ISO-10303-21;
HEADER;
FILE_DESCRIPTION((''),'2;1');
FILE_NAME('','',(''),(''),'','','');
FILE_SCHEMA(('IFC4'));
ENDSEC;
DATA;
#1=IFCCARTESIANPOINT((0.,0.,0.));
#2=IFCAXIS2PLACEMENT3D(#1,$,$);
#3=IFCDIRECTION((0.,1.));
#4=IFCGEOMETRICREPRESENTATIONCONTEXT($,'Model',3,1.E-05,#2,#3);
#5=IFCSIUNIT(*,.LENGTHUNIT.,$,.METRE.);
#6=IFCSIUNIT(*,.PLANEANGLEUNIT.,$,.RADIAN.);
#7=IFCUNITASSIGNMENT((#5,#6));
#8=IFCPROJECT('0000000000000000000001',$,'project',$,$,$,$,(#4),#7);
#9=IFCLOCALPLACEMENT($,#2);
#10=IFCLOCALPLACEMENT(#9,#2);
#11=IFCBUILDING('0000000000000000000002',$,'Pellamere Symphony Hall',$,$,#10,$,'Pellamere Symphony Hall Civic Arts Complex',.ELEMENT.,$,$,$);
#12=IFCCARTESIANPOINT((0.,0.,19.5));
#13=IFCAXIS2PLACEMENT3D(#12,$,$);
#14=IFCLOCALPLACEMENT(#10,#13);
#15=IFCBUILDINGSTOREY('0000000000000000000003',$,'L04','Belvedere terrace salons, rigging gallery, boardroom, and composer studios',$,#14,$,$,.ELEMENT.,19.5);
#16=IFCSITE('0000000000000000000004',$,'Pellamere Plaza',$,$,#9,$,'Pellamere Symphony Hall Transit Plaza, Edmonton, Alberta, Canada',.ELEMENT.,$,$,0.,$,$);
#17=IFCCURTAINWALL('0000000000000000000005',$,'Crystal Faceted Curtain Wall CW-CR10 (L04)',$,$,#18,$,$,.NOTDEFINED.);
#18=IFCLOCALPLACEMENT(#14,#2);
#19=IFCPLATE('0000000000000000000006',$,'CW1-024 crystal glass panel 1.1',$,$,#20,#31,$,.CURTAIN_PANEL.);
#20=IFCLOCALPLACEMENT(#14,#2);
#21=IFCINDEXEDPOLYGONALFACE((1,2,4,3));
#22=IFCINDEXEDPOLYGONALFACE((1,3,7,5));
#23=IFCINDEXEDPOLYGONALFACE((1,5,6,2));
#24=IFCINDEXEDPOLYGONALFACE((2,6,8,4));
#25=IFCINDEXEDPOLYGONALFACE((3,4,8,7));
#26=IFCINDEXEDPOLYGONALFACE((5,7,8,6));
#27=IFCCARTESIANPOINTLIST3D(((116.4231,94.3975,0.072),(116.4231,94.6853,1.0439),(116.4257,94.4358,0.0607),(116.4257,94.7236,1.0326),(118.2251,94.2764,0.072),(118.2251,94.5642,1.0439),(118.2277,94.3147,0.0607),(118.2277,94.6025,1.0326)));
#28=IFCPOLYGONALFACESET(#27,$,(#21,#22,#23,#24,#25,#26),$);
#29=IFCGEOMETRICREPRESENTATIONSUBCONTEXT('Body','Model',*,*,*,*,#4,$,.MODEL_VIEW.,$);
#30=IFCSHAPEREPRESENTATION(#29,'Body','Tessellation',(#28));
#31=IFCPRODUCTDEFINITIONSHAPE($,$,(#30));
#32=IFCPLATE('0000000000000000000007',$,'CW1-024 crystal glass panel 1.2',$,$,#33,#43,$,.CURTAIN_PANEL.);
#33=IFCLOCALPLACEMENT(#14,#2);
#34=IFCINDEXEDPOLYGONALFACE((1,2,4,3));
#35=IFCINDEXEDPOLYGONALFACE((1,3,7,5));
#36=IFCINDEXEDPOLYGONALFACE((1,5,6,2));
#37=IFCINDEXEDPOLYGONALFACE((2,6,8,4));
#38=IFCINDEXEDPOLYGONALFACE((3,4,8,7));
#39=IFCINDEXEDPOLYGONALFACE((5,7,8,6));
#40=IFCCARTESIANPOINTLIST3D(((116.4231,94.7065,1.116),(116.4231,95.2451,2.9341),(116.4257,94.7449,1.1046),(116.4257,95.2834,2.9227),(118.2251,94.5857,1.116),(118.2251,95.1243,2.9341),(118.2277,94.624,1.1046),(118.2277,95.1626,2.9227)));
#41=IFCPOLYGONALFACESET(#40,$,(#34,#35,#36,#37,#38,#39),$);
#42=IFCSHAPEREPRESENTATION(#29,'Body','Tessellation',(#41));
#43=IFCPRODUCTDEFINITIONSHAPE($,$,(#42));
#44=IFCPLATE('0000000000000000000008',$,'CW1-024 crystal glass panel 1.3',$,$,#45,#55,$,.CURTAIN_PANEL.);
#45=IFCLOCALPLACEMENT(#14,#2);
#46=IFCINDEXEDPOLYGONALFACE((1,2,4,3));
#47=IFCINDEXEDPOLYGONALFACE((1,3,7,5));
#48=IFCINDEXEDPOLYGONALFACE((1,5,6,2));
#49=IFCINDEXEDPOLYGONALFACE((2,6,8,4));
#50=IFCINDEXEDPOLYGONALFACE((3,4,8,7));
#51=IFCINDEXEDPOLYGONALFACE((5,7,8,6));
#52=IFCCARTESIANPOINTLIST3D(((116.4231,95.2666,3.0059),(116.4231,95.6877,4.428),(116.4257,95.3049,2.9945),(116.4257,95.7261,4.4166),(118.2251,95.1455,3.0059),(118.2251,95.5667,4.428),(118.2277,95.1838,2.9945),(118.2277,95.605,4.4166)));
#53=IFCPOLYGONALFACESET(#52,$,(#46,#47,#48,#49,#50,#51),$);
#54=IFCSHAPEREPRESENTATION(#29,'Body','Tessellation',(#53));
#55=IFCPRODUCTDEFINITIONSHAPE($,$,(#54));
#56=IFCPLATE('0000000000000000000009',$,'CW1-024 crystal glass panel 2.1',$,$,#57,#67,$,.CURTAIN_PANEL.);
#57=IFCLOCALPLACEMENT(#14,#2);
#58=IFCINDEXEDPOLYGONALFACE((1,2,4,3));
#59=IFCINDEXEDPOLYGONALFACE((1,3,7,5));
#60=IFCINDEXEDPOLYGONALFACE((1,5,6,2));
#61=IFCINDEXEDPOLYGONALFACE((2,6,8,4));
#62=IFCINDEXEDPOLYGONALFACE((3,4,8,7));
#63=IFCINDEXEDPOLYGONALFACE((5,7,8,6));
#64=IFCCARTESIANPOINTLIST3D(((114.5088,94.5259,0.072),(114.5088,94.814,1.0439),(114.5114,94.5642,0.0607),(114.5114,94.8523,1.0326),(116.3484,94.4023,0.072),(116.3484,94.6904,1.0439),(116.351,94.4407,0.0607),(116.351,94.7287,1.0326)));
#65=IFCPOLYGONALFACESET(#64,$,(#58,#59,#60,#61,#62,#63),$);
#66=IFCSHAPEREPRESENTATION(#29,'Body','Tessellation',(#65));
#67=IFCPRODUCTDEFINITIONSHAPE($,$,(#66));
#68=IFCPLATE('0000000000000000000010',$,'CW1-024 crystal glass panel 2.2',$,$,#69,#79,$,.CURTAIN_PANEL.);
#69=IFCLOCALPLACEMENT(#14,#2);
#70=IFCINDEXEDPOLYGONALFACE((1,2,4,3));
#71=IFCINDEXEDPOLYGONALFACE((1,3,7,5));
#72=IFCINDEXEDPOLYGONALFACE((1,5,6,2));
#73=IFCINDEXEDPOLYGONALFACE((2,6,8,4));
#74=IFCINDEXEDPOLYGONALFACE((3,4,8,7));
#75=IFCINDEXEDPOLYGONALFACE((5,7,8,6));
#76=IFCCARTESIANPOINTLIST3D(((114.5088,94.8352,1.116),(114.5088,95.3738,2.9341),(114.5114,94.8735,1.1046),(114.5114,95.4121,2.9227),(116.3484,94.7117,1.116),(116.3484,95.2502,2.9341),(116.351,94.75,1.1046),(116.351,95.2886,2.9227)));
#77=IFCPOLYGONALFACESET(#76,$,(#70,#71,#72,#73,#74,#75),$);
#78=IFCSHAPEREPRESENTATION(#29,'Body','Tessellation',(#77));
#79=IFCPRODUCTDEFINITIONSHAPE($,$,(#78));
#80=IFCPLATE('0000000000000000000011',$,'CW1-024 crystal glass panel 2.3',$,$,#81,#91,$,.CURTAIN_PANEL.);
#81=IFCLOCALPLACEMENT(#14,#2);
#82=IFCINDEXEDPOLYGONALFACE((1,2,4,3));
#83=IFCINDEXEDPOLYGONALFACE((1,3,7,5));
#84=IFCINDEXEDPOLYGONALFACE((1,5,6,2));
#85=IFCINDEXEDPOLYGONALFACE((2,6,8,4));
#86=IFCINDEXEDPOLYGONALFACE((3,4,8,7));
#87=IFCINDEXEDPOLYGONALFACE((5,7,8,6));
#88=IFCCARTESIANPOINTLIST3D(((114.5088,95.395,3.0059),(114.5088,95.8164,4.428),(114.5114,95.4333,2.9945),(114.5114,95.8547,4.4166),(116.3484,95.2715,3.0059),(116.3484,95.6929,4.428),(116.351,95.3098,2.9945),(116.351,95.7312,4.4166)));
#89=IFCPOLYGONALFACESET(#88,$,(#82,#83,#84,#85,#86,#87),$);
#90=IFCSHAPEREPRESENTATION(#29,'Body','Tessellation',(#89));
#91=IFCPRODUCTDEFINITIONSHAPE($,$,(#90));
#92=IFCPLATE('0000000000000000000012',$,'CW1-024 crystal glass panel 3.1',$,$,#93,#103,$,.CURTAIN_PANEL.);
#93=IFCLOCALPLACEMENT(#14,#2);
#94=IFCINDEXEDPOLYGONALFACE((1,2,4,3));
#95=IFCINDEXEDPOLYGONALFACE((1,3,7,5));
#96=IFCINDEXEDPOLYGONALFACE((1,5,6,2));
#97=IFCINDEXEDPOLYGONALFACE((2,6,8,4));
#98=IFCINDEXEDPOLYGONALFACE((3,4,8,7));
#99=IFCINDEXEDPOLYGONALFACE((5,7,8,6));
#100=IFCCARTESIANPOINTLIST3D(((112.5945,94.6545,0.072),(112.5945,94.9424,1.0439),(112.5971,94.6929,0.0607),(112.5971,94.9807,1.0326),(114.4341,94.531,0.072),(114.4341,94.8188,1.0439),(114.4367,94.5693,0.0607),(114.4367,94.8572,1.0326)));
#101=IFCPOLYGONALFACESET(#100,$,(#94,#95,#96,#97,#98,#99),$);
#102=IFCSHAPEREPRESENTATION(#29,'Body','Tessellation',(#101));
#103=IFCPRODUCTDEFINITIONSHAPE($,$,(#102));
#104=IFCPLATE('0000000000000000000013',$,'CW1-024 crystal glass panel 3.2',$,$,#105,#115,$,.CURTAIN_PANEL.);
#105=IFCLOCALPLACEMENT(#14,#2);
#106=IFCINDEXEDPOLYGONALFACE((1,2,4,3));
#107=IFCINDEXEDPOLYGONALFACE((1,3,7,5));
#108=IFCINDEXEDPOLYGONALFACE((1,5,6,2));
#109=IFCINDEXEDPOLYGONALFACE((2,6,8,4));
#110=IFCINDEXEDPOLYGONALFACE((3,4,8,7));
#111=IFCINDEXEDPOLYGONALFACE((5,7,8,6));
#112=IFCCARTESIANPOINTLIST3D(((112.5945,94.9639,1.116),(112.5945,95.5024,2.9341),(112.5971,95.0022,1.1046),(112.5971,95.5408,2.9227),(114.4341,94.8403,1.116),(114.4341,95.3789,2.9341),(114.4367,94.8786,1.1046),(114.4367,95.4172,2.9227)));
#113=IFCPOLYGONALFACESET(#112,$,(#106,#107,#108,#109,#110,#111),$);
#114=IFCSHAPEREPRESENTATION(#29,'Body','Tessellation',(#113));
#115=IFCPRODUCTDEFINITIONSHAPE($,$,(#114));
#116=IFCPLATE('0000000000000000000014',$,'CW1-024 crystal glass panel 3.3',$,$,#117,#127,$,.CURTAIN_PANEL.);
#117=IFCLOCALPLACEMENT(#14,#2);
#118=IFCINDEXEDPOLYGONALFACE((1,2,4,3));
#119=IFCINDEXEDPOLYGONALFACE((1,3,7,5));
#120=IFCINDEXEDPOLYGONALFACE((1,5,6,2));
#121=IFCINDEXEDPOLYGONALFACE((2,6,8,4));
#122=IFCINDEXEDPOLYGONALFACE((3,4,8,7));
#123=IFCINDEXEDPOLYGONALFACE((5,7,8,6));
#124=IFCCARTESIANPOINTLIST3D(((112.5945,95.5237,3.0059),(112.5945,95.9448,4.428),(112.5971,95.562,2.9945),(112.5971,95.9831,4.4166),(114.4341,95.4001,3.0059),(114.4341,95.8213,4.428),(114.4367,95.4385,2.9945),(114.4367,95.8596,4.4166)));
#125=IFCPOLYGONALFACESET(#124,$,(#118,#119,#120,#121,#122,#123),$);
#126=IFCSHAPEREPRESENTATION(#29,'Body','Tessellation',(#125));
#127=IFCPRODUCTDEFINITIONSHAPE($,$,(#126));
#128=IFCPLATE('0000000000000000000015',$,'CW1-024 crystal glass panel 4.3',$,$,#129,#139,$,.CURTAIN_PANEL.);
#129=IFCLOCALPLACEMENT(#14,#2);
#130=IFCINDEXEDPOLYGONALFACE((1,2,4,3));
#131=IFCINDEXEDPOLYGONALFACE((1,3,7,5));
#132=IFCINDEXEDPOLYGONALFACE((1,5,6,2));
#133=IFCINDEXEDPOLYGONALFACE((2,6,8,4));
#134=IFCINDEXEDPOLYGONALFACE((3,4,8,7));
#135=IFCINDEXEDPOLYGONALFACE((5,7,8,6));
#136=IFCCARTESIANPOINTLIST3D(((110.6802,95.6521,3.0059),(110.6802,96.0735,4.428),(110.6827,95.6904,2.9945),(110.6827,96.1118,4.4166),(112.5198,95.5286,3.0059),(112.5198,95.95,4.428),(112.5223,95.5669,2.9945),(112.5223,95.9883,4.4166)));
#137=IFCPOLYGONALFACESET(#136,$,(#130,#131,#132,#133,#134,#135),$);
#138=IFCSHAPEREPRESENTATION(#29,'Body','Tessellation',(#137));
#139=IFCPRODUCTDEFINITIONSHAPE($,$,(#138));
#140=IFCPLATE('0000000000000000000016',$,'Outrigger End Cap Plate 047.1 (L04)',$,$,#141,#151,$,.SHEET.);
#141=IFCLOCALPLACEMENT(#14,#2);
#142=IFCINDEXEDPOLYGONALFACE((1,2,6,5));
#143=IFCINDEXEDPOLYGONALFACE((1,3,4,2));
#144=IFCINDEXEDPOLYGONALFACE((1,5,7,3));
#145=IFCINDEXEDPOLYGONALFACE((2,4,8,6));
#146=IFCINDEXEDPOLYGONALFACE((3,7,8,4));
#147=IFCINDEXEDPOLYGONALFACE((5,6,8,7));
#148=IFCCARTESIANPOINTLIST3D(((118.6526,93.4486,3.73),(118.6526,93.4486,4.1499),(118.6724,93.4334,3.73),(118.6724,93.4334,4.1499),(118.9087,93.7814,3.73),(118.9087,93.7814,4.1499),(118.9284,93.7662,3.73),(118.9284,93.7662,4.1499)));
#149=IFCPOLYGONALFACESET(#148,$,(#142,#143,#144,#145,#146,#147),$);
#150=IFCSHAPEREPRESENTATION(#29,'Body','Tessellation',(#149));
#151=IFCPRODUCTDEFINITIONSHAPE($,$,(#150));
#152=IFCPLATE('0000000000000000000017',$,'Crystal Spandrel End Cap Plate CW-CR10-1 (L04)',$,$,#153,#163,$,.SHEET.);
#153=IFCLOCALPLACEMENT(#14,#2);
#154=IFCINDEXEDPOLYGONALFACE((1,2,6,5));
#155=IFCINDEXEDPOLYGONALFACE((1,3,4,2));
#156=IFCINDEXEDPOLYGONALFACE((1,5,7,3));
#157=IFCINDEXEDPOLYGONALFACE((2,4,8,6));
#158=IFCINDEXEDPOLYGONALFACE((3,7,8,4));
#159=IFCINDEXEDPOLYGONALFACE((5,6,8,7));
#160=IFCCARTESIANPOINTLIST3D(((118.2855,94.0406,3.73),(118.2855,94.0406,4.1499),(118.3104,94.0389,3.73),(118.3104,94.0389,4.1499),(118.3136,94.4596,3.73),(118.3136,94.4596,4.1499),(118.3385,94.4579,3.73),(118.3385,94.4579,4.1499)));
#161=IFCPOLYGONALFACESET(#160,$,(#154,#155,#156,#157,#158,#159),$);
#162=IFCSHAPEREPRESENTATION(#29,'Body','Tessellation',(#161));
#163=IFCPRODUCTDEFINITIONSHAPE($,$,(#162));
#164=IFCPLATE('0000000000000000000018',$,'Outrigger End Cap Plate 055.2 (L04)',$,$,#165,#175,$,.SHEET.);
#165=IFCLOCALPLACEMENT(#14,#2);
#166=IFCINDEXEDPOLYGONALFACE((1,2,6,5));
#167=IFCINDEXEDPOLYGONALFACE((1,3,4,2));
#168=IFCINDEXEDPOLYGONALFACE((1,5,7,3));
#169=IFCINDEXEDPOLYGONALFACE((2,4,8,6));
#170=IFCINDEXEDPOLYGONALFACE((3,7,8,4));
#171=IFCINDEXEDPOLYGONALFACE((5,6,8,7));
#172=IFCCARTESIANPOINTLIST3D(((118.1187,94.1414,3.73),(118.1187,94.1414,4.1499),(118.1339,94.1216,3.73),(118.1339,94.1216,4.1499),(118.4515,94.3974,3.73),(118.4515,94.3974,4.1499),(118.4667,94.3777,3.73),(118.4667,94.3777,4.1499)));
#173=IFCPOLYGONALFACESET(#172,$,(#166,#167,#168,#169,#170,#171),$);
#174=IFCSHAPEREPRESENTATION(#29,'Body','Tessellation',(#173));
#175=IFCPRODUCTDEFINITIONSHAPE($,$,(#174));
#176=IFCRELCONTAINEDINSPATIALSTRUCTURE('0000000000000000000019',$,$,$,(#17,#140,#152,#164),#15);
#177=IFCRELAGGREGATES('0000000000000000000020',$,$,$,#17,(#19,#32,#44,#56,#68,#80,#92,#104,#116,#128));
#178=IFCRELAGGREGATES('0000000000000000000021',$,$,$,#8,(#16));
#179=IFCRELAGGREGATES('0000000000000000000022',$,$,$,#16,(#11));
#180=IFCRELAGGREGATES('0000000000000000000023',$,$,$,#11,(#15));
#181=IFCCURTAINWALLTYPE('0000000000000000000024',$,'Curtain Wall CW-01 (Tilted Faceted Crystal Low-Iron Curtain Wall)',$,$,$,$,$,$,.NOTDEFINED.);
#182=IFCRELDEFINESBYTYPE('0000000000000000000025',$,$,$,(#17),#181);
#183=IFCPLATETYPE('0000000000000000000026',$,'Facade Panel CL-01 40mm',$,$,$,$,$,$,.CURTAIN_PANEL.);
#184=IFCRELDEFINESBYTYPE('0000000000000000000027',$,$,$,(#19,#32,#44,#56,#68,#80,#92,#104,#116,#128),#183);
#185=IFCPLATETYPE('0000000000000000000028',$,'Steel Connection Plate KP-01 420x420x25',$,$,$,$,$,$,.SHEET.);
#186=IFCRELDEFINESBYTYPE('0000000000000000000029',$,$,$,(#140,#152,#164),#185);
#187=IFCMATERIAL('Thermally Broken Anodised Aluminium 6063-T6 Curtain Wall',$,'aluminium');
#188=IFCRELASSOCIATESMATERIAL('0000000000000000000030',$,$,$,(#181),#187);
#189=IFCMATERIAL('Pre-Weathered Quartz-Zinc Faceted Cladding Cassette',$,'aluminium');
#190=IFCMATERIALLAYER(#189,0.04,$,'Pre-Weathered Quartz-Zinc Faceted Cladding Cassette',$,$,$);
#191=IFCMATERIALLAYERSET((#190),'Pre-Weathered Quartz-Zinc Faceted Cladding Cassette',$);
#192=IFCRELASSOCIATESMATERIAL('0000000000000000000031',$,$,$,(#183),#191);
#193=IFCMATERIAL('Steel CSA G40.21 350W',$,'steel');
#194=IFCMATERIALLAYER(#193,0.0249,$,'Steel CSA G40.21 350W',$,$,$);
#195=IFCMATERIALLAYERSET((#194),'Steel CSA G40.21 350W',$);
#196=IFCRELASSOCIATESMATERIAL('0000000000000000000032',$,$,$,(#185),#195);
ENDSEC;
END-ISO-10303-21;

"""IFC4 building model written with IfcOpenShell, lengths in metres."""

from ifc_helpers import new_model, si_unit, direction, frame, origin, origin_2d, place, context, subcontext, project, spatial, polyline, rectangle, outline, extrude, material, layer, layer_set, type_object, element, aggregate, save


model = new_model("IFC4")

# Units and contexts
model_context = context("Model", 3, precision=1e-05, world=origin(), true_north=direction((0.0, 1.0)))
body_context = subcontext(model_context, "Body", "Model", "MODEL_VIEW")
ifc_project = project(units=[si_unit("LENGTHUNIT", "METRE"), si_unit("PLANEANGLEUNIT", "RADIAN")], contexts=[model_context])

# Site, building, storey
site_placement = place(None, origin())
site = spatial("IfcSite", under=ifc_project, at=site_placement, Name="Pellamere Plaza", LongName="Pellamere Symphony Hall Transit Plaza, Edmonton, Alberta, Canada", CompositionType="ELEMENT", RefElevation=0.0)
building_placement = place(site_placement, origin())
building = spatial("IfcBuilding", under=site, at=building_placement, Name="Pellamere Symphony Hall", LongName="Pellamere Symphony Hall Civic Arts Complex", CompositionType="ELEMENT")
storey_placement = place(building_placement, frame((0.0, 0.0, 19.5)))
storey = spatial("IfcBuildingStorey", under=building, at=storey_placement, Name="L04", Description="Belvedere terrace salons, rigging gallery, boardroom, and composer studios", CompositionType="ELEMENT", Elevation=19.5)

# Curtain wall
ifc_material_1 = material(Name="Thermally Broken Anodised Aluminium 6063-T6 Curtain Wall", Category="aluminium")
curtain_wall_type = type_object("IfcCurtainWallType", Name="Curtain Wall CW-01 (Tilted Faceted Crystal Low-Iron Curtain Wall)", PredefinedType="NOTDEFINED", material=ifc_material_1)
curtain_wall_placement = place(storey_placement, origin())
curtain_wall = element("IfcCurtainWall", 1, at=curtain_wall_placement, inside=storey, type_object=curtain_wall_type, Name="Crystal Faceted Curtain Wall CW-CR10 (L04)", PredefinedType="NOTDEFINED")

# Shared definitions
ifc_material_2 = material(Name="Steel CSA G40.21 350W", Category="steel")

# Plates
ifc_material_3 = material(Name="Pre-Weathered Quartz-Zinc Faceted Cladding Cassette", Category="aluminium")
ifc_layer_1 = layer(ifc_material_3, 0.04, Name="Pre-Weathered Quartz-Zinc Faceted Cladding Cassette")
ifc_layer_set_1 = layer_set([ifc_layer_1], Name="Pre-Weathered Quartz-Zinc Faceted Cladding Cassette")
plate_type_1 = type_object("IfcPlateType", Name="Facade Panel CL-01 40mm", PredefinedType="CURTAIN_PANEL", material=ifc_layer_set_1)
plate_1_placement = place(storey_placement, frame((118.2251, 94.2764, 0.072), z_axis=(-0.0643, -0.95685, 0.283378), x_axis=(-0.99775, 0.067048, 0.0)))
plate_1 = element("IfcPlate", 2, at=plate_1_placement, type_object=plate_type_1, Name="CW1-024 crystal glass panel 1.1", PredefinedType="CURTAIN_PANEL", context=body_context, shape_type="SweptSolid", body=[
    extrude(outline(polyline([(0.0, 0.0), (1.8061, 0.0), (1.8254, -1.0135), (0.0193, -1.0135), (0.0, 0.0)])), origin(), (0.0, 0.0, -1.0), 0.04),
])
plate_2_placement = place(storey_placement, frame((118.2251, 94.5857, 1.116), z_axis=(-0.06417, -0.95684, 0.283442), x_axis=(-0.997759, 0.066914, 0.0)))
plate_2 = element("IfcPlate", 3, at=plate_2_placement, type_object=plate_type_1, Name="CW1-024 crystal glass panel 1.2", PredefinedType="CURTAIN_PANEL", context=body_context, shape_type="SweptSolid", body=[
    extrude(outline(polyline([(0.0, 0.0), (1.806, 0.0), (1.8421, -1.8959), (0.036, -1.8959), (0.0, 0.0)])), origin(), (0.0, 0.0, -1.0), 0.04),
])
plate_3_placement = place(storey_placement, frame((118.2251, 95.1455, 3.0059), z_axis=(-0.0643, -0.956855, 0.283361), x_axis=(-0.99775, 0.067048, 0.0)))
plate_3 = element("IfcPlate", 4, at=plate_3_placement, type_object=plate_type_1, Name="CW1-024 crystal glass panel 1.3", PredefinedType="CURTAIN_PANEL", context=body_context, shape_type="SweptSolid", body=[
    extrude(outline(polyline([(0.0, 0.0), (1.8061, 0.0), (1.8343, -1.4829), (0.0282, -1.4829), (0.0, 0.0)])), origin(), (0.0, 0.0, -1.0), 0.04),
])
plate_4_placement = place(storey_placement, frame((116.3484, 94.4023, 0.072), z_axis=(-0.064251, -0.956788, 0.2836), x_axis=(-0.997753, 0.067002, 0.0)))
plate_4 = element("IfcPlate", 5, at=plate_4_placement, type_object=plate_type_1, Name="CW1-024 crystal glass panel 2.1", PredefinedType="CURTAIN_PANEL", context=body_context, shape_type="SweptSolid", body=[
    extrude(outline(polyline([(0.0, 0.0), (1.8437, 0.0), (1.863, -1.0135), (0.0193, -1.0135), (0.0, 0.0)])), origin(), (0.0, 0.0, -1.0), 0.04),
])
plate_5_placement = place(storey_placement, frame((116.3484, 94.7117, 1.116), z_axis=(-0.064255, -0.956835, 0.28344), x_axis=(-0.997753, 0.067002, 0.0)))
plate_5 = element("IfcPlate", 6, at=plate_5_placement, type_object=plate_type_1, Name="CW1-024 crystal glass panel 2.2", PredefinedType="CURTAIN_PANEL", context=body_context, shape_type="SweptSolid", body=[
    extrude(outline(polyline([(0.0, 0.0), (1.8437, 0.0), (1.8798, -1.8959), (0.0361, -1.8959), (0.0, 0.0)])), origin(), (0.0, 0.0, -1.0), 0.04),
])
plate_6_placement = place(storey_placement, frame((116.3484, 95.2715, 3.0059), z_axis=(-0.064253, -0.956814, 0.283512), x_axis=(-0.997753, 0.067002, 0.0)))
plate_6 = element("IfcPlate", 7, at=plate_6_placement, type_object=plate_type_1, Name="CW1-024 crystal glass panel 2.3", PredefinedType="CURTAIN_PANEL", context=body_context, shape_type="SweptSolid", body=[
    extrude(outline(polyline([(0.0, 0.0), (1.8437, 0.0), (1.872, -1.483), (0.0282, -1.483), (0.0, 0.0)])), origin(), (0.0, 0.0, -1.0), 0.04),
])
plate_7_placement = place(storey_placement, frame((114.4341, 94.531, 0.072), z_axis=(-0.064256, -0.956853, 0.283378), x_axis=(-0.997753, 0.067002, 0.0)))
plate_7 = element("IfcPlate", 8, at=plate_7_placement, type_object=plate_type_1, Name="CW1-024 crystal glass panel 3.1", PredefinedType="CURTAIN_PANEL", context=body_context, shape_type="SweptSolid", body=[
    extrude(outline(polyline([(0.0, 0.0), (1.8437, 0.0), (1.863, -1.0135), (0.0193, -1.0135), (0.0, 0.0)])), origin(), (0.0, 0.0, -1.0), 0.04),
])
plate_8_placement = place(storey_placement, frame((114.4341, 94.8403, 1.116), z_axis=(-0.064255, -0.956835, 0.28344), x_axis=(-0.997753, 0.067002, 0.0)))
plate_8 = element("IfcPlate", 9, at=plate_8_placement, type_object=plate_type_1, Name="CW1-024 crystal glass panel 3.2", PredefinedType="CURTAIN_PANEL", context=body_context, shape_type="SweptSolid", body=[
    extrude(outline(polyline([(0.0, 0.0), (1.8437, 0.0), (1.8798, -1.8959), (0.0361, -1.8959), (0.0, 0.0)])), origin(), (0.0, 0.0, -1.0), 0.04),
])
plate_9_placement = place(storey_placement, frame((114.4341, 95.4001, 3.0059), z_axis=(-0.064256, -0.956858, 0.283361), x_axis=(-0.997753, 0.067002, 0.0)))
plate_9 = element("IfcPlate", 10, at=plate_9_placement, type_object=plate_type_1, Name="CW1-024 crystal glass panel 3.3", PredefinedType="CURTAIN_PANEL", context=body_context, shape_type="SweptSolid", body=[
    extrude(outline(polyline([(0.0, 0.0), (1.8437, 0.0), (1.872, -1.4829), (0.0282, -1.4829), (0.0, 0.0)])), origin(), (0.0, 0.0, -1.0), 0.04),
])
plate_10_placement = place(storey_placement, frame((112.5198, 95.5286, 3.0059), z_axis=(-0.064253, -0.956814, 0.283512), x_axis=(-0.997753, 0.067002, 0.0)))
plate_10 = element("IfcPlate", 11, at=plate_10_placement, type_object=plate_type_1, Name="CW1-024 crystal glass panel 4.3", PredefinedType="CURTAIN_PANEL", context=body_context, shape_type="SweptSolid", body=[
    extrude(outline(polyline([(0.0, 0.0), (1.8437, 0.0), (1.872, -1.483), (0.0282, -1.483), (0.0, 0.0)])), origin(), (0.0, 0.0, -1.0), 0.04),
])
aggregate(curtain_wall, [plate_1, plate_2, plate_3, plate_4, plate_5, plate_6, plate_7, plate_8, plate_9, plate_10])

# Plates
ifc_layer_2 = layer(ifc_material_2, 0.0249, Name="Steel CSA G40.21 350W")
ifc_layer_set_2 = layer_set([ifc_layer_2], Name="Steel CSA G40.21 350W")
plate_type_2 = type_object("IfcPlateType", Name="Steel Connection Plate KP-01 420x420x25", PredefinedType="SHEET", material=ifc_layer_set_2)
for number, where, z_axis, x_axis, name in (
    (12, (118.7905, 93.6074, 3.73), (0.0, 0.0, 1.0), (0.792609, -0.60973, 0.0), "Outrigger End Cap Plate 047.1 (L04)"),
    (13, (118.312, 94.2493, 3.73), (0.0, 0.0, 1.0), (-0.997755, 0.06697, 0.0), "Crystal Spandrel End Cap Plate CW-CR10-1 (L04)"),
    (14, (118.2927, 94.2595, 3.73), (0.0, 0.0, 1.0), (-0.60973, 0.792609, 0.0), "Outrigger End Cap Plate 055.2 (L04)"),
):
    element("IfcPlate", number, at=place(storey_placement, frame(where, z_axis=z_axis, x_axis=x_axis)), inside=storey, type_object=plate_type_2, Name=name, PredefinedType="SHEET", context=body_context, shape_type="SweptSolid", body=[
        extrude(rectangle(XDim=0.0249, YDim=0.4199, at=origin_2d()), origin(), (0.0, 0.0, 1.0), 0.4199),
    ])

save(model, "model.ifc")
